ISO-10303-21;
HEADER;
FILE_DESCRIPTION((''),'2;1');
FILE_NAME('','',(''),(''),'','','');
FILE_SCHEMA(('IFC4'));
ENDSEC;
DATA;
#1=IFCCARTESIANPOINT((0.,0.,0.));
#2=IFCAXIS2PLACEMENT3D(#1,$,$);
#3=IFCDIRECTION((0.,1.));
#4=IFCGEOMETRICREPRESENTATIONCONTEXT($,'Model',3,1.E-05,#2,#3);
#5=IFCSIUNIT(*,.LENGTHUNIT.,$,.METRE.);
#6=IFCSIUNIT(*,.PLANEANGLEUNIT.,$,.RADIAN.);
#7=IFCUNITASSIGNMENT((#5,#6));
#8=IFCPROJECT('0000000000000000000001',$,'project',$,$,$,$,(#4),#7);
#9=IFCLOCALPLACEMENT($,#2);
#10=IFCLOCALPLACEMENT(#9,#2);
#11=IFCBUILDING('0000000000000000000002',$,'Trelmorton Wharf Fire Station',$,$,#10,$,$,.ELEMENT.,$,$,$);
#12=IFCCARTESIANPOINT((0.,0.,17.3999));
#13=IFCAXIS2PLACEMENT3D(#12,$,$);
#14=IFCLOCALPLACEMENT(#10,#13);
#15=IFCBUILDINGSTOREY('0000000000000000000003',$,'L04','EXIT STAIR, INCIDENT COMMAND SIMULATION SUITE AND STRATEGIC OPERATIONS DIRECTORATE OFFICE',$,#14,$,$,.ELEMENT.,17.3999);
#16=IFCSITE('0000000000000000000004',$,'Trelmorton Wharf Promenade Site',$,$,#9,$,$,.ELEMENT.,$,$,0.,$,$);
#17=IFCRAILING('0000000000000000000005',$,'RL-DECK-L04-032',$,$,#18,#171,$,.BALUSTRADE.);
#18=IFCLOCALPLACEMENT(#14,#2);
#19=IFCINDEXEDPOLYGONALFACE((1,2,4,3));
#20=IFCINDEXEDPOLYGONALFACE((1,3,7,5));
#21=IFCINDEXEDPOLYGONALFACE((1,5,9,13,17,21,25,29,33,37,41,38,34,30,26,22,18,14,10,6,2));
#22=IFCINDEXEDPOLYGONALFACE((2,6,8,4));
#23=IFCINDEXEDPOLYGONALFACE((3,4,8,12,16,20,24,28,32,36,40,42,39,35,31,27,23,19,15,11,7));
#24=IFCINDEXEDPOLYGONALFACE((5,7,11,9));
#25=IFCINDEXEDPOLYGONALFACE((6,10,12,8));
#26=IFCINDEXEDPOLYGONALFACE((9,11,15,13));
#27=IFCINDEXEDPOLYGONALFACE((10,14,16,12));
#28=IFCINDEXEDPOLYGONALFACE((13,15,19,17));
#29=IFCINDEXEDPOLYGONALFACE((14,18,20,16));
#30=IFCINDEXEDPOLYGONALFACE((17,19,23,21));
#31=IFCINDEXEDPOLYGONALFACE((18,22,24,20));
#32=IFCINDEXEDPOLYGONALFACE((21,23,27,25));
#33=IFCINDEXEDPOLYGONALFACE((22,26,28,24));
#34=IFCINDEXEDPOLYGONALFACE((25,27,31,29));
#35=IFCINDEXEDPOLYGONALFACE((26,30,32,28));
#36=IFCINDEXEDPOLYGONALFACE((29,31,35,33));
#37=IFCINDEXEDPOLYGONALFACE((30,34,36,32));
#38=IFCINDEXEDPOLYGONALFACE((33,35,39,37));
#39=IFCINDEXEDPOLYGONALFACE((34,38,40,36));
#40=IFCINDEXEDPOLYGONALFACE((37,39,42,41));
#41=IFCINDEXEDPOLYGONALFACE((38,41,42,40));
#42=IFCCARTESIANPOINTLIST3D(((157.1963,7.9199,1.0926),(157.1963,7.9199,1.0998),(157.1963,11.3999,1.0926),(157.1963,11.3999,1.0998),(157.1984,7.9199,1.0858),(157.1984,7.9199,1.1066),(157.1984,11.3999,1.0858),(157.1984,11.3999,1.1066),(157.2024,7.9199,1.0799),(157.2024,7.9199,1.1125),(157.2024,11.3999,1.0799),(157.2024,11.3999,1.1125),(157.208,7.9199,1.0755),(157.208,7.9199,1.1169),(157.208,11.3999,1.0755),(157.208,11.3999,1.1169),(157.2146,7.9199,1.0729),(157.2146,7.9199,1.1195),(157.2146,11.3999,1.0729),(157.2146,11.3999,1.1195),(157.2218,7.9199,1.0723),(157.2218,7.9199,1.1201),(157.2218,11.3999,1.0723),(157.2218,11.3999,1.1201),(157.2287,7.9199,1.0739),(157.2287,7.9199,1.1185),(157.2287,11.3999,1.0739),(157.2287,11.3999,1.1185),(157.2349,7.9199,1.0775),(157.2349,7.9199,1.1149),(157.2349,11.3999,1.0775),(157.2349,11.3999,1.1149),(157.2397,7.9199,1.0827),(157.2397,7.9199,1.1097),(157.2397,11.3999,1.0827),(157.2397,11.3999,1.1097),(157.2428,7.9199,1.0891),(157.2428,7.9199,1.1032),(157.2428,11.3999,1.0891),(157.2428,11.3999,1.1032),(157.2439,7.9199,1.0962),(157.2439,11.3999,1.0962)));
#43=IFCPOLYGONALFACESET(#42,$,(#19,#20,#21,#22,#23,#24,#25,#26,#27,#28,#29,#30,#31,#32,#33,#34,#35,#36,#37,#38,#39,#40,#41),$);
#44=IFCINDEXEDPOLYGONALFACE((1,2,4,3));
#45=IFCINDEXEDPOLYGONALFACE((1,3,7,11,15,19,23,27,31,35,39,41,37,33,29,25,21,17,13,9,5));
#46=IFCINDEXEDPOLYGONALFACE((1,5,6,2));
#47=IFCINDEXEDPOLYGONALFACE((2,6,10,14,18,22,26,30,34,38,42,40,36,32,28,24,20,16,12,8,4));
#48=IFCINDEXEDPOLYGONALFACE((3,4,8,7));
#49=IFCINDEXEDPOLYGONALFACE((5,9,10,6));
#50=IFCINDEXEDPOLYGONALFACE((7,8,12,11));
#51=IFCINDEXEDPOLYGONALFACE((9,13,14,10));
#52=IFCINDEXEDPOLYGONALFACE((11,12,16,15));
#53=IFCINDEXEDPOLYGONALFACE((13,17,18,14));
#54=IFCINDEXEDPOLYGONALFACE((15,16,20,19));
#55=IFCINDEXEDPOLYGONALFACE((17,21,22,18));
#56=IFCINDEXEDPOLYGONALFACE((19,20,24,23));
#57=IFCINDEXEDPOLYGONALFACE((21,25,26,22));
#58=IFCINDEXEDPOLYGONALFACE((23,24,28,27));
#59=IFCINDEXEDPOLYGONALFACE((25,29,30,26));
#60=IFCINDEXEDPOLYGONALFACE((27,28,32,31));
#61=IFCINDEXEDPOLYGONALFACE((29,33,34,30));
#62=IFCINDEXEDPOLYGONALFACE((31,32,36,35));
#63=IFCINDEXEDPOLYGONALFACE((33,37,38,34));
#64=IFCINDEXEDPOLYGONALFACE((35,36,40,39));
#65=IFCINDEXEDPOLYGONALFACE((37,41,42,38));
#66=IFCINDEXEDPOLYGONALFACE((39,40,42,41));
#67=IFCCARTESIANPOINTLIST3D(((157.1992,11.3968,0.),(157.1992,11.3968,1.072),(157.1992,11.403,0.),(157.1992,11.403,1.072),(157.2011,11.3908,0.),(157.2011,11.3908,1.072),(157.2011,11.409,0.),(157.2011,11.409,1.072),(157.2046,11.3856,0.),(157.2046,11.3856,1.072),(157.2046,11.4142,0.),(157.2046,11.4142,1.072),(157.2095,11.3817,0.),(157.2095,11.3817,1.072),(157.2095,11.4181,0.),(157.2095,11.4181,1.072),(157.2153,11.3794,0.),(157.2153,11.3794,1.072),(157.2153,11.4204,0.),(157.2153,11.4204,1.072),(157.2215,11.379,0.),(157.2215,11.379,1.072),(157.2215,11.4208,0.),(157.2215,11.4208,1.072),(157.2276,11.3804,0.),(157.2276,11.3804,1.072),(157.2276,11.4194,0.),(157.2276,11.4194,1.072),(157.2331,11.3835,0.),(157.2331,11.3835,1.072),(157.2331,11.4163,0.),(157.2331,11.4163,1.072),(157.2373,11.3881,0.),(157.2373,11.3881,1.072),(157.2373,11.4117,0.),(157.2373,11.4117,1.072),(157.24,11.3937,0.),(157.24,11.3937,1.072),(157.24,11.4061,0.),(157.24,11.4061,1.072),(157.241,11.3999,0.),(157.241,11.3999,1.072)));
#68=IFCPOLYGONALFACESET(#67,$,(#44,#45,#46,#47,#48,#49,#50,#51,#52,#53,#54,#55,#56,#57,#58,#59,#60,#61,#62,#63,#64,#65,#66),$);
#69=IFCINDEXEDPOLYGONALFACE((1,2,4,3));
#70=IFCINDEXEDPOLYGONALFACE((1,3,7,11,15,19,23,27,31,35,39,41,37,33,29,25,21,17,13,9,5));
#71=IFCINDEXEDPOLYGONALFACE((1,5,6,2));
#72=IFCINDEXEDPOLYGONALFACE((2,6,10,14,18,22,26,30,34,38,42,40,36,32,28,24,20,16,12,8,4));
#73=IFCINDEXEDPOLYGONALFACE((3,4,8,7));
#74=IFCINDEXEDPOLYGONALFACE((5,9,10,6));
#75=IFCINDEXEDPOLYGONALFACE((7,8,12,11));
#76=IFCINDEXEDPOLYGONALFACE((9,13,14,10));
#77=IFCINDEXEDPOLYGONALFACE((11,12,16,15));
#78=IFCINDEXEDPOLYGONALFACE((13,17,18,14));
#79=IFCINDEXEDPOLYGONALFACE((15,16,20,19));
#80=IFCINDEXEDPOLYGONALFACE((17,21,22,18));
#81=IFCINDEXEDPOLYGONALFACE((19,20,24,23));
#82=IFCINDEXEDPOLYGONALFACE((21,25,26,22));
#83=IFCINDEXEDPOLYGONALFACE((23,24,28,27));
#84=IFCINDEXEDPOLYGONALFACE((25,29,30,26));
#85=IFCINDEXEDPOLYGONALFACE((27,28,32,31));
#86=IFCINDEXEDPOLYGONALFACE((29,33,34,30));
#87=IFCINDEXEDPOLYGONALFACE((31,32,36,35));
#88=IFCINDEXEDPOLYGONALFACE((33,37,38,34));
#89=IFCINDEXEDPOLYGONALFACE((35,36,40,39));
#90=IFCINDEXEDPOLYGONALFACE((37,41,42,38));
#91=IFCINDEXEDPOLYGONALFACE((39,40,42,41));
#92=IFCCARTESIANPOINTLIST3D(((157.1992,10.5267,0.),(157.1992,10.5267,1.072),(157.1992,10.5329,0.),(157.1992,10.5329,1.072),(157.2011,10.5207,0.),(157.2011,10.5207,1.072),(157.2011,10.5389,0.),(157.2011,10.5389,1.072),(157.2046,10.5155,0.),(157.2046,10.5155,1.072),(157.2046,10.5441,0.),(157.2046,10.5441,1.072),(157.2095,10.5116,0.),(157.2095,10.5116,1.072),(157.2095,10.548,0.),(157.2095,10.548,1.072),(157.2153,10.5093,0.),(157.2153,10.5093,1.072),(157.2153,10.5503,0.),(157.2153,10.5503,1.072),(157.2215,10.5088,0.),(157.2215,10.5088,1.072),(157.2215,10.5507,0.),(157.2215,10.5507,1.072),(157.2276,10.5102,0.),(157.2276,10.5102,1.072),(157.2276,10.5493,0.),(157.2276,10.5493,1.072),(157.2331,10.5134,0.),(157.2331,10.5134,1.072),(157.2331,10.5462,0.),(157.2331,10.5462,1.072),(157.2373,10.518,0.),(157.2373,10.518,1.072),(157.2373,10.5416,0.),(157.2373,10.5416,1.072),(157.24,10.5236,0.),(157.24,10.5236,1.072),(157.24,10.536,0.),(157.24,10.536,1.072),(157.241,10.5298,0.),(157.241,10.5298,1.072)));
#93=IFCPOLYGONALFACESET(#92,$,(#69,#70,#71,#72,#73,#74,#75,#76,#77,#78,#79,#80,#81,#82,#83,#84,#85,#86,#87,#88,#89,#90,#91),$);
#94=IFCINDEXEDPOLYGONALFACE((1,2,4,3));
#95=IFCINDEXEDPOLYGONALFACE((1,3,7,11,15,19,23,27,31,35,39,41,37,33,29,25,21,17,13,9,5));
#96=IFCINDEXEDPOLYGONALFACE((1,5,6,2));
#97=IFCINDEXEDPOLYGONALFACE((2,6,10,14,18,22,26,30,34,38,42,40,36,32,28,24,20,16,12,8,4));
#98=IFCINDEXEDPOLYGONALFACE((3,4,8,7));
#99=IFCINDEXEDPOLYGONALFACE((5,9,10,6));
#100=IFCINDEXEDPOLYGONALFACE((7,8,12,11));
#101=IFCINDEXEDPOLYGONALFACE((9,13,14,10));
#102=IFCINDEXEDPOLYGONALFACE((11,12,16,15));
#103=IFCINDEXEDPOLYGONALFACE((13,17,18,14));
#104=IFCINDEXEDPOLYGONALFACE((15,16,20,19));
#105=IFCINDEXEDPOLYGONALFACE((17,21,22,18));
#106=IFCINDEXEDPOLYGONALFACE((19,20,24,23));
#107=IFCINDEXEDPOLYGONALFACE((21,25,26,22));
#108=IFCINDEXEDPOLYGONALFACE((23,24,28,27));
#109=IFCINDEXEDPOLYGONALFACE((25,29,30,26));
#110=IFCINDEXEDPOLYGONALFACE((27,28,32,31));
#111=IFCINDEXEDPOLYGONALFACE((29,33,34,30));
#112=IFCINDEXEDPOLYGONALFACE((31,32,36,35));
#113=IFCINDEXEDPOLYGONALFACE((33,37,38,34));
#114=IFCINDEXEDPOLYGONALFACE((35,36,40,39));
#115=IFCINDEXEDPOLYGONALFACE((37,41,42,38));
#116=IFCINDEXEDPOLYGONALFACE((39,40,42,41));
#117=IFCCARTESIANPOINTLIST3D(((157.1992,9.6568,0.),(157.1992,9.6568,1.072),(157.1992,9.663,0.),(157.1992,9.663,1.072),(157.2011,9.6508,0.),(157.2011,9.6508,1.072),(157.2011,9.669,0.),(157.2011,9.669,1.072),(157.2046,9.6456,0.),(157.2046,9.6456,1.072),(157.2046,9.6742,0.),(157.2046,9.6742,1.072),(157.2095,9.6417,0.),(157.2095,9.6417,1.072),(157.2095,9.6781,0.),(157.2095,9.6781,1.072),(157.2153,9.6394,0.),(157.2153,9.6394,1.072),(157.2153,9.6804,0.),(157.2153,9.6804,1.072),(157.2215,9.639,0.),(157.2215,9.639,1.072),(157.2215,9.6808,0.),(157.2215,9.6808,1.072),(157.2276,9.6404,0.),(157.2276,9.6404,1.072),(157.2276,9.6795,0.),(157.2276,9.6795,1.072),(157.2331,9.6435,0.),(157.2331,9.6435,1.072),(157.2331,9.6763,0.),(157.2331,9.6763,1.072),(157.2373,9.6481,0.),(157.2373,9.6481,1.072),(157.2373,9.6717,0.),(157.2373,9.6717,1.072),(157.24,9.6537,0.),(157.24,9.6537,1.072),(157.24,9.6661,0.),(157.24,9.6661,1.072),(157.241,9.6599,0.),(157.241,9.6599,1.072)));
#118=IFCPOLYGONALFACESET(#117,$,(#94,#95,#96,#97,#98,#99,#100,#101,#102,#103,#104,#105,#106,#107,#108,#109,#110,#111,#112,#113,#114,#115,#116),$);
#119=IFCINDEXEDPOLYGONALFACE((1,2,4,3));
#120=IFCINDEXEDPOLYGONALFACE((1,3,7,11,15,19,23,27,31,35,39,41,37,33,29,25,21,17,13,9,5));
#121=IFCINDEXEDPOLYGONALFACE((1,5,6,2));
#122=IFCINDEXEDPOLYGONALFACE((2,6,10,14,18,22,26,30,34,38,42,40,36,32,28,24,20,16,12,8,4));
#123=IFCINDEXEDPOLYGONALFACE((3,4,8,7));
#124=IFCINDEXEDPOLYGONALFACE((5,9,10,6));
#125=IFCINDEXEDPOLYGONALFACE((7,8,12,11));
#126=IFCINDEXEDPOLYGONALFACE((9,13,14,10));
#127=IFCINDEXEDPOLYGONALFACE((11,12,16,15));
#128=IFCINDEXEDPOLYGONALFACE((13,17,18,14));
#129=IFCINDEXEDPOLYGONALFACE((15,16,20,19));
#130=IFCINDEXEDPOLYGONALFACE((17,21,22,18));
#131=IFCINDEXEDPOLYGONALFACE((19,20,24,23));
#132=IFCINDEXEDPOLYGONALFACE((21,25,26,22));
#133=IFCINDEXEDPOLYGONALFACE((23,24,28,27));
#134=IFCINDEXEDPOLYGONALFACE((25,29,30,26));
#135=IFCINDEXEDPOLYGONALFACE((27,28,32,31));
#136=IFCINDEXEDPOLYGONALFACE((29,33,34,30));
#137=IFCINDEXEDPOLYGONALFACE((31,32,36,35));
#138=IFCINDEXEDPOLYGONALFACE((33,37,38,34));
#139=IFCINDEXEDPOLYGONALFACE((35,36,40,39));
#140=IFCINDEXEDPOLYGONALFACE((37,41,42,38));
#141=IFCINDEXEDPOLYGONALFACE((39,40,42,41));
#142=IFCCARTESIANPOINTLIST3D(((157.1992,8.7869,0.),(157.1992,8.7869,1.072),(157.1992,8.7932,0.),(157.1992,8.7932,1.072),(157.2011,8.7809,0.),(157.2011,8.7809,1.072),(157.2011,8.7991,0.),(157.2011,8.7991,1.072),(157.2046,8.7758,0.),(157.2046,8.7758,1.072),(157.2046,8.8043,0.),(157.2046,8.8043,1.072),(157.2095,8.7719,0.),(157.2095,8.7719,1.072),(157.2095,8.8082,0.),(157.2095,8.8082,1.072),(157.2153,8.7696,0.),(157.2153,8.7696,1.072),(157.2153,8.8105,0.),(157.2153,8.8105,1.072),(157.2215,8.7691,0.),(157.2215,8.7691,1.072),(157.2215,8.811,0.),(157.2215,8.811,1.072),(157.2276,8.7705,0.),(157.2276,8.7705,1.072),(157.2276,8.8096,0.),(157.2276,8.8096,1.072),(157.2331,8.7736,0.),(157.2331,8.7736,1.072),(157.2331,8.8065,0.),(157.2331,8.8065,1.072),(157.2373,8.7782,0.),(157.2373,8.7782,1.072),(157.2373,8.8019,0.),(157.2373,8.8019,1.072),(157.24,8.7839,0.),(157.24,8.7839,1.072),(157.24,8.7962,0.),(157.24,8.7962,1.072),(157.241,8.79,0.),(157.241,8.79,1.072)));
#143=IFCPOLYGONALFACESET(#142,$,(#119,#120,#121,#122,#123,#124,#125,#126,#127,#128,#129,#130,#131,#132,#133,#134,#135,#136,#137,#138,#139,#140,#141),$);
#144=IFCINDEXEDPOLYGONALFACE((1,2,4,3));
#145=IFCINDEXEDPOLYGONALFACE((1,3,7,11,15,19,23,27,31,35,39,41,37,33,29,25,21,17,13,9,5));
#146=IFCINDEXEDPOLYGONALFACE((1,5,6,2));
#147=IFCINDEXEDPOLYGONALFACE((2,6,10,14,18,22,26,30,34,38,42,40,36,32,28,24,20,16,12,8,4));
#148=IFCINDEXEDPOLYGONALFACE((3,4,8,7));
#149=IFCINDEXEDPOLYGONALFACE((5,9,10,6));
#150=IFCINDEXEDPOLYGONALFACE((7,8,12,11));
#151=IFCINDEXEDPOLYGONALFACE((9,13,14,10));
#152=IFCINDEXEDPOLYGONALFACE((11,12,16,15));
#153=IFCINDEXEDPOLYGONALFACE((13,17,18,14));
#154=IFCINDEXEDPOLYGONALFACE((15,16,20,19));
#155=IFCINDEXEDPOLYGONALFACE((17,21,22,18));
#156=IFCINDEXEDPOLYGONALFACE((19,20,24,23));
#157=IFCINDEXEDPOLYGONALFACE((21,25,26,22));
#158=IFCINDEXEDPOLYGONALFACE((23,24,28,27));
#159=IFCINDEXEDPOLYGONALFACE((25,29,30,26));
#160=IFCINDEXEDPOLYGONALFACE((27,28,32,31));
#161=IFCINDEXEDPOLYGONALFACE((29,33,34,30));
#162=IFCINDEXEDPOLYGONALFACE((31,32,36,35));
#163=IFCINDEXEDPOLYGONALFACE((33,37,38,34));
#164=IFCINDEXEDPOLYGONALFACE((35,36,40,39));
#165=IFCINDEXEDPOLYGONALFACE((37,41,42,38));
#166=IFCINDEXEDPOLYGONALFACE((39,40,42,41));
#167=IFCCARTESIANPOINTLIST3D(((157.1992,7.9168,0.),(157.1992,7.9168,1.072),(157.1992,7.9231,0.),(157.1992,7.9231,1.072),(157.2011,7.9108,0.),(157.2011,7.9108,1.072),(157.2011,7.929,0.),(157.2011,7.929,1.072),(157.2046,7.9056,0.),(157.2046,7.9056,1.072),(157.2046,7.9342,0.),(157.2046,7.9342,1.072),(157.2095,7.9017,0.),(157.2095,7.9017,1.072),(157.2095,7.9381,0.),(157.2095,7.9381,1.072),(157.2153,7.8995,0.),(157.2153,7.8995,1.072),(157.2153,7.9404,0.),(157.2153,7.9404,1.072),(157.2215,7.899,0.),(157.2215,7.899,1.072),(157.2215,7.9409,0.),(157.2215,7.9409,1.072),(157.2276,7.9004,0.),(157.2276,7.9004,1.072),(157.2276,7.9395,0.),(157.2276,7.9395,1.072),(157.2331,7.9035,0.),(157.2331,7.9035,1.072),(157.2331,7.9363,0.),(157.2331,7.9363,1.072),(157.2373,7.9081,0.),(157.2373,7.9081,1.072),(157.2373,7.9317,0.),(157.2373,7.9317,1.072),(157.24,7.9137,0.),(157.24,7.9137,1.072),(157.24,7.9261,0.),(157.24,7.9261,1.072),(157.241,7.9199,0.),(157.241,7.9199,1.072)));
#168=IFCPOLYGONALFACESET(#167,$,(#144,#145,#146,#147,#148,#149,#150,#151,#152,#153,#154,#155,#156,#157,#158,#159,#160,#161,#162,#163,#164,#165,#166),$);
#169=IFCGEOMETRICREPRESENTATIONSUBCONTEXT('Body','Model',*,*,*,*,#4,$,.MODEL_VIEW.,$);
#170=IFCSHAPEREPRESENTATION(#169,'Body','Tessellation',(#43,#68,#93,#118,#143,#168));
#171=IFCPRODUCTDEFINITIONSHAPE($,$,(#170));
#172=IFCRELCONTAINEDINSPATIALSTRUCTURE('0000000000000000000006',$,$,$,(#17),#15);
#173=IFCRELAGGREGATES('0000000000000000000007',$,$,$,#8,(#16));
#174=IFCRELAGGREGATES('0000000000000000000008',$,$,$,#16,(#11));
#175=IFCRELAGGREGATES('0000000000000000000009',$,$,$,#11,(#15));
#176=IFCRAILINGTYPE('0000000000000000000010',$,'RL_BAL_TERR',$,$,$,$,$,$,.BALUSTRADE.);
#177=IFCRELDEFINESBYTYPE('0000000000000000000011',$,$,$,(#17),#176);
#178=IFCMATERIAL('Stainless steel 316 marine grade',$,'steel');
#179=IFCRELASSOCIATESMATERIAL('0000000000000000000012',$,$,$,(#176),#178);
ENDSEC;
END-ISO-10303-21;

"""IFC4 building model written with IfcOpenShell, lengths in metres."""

from ifc_helpers import new_model, si_unit, direction, frame, origin, origin_2d, place, context, subcontext, project, spatial, circle, extrude, material, type_object, element, save


model = new_model("IFC4")

# Units and contexts
model_context = context("Model", 3, precision=1e-05, world=origin(), true_north=direction((0.0, 1.0)))
body_context = subcontext(model_context, "Body", "Model", "MODEL_VIEW")
ifc_project = project(units=[si_unit("LENGTHUNIT", "METRE"), si_unit("PLANEANGLEUNIT", "RADIAN")], contexts=[model_context])

# Site, building, storey
site_placement = place(None, origin())
site = spatial("IfcSite", under=ifc_project, at=site_placement, Name="Trelmorton Wharf Promenade Site", CompositionType="ELEMENT", RefElevation=0.0)
building_placement = place(site_placement, origin())
building = spatial("IfcBuilding", under=site, at=building_placement, Name="Trelmorton Wharf Fire Station", CompositionType="ELEMENT")
storey_placement = place(building_placement, frame((0.0, 0.0, 17.3999)))
storey = spatial("IfcBuildingStorey", under=building, at=storey_placement, Name="L04", Description="EXIT STAIR, INCIDENT COMMAND SIMULATION SUITE AND STRATEGIC OPERATIONS DIRECTORATE OFFICE", CompositionType="ELEMENT", Elevation=17.3999)

# Railing
ifc_material_1 = material(Name="Stainless steel 316 marine grade", Category="steel")
railing_type = type_object("IfcRailingType", Name="RL_BAL_TERR", PredefinedType="BALUSTRADE", material=ifc_material_1)
railing_1_placement = place(storey_placement, frame((157.22, 11.3999, 0.0)))
element("IfcRailing", 1, at=railing_1_placement, inside=storey, type_object=railing_type, Name="RL-DECK-L04-032", PredefinedType="BALUSTRADE", context=body_context, shape_type="SweptSolid", body=[
    extrude(circle(Radius=0.0239, at=origin_2d()), frame((0.0, 0.0, 1.0962), z_axis=(0.0, -1.0, 0.0), x_axis=(1.0, 0.0, 0.0)), (0.0, 0.0, 1.0), 3.48),
    extrude(circle(Radius=0.021, at=origin_2d()), origin(), (0.0, 0.0, 1.0), 1.072),
    extrude(circle(Radius=0.021, at=origin_2d()), frame((0.0, -0.8701, 0.0)), (0.0, 0.0, 1.0), 1.072),
    extrude(circle(Radius=0.021, at=origin_2d()), frame((0.0, -1.74, 0.0)), (0.0, 0.0, 1.0), 1.072),
    extrude(circle(Radius=0.021, at=origin_2d()), frame((0.0, -2.6099, 0.0)), (0.0, 0.0, 1.0), 1.072),
    extrude(circle(Radius=0.021, at=origin_2d()), frame((0.0, -3.48, 0.0)), (0.0, 0.0, 1.0), 1.072),
])

save(model, "model.ifc")
